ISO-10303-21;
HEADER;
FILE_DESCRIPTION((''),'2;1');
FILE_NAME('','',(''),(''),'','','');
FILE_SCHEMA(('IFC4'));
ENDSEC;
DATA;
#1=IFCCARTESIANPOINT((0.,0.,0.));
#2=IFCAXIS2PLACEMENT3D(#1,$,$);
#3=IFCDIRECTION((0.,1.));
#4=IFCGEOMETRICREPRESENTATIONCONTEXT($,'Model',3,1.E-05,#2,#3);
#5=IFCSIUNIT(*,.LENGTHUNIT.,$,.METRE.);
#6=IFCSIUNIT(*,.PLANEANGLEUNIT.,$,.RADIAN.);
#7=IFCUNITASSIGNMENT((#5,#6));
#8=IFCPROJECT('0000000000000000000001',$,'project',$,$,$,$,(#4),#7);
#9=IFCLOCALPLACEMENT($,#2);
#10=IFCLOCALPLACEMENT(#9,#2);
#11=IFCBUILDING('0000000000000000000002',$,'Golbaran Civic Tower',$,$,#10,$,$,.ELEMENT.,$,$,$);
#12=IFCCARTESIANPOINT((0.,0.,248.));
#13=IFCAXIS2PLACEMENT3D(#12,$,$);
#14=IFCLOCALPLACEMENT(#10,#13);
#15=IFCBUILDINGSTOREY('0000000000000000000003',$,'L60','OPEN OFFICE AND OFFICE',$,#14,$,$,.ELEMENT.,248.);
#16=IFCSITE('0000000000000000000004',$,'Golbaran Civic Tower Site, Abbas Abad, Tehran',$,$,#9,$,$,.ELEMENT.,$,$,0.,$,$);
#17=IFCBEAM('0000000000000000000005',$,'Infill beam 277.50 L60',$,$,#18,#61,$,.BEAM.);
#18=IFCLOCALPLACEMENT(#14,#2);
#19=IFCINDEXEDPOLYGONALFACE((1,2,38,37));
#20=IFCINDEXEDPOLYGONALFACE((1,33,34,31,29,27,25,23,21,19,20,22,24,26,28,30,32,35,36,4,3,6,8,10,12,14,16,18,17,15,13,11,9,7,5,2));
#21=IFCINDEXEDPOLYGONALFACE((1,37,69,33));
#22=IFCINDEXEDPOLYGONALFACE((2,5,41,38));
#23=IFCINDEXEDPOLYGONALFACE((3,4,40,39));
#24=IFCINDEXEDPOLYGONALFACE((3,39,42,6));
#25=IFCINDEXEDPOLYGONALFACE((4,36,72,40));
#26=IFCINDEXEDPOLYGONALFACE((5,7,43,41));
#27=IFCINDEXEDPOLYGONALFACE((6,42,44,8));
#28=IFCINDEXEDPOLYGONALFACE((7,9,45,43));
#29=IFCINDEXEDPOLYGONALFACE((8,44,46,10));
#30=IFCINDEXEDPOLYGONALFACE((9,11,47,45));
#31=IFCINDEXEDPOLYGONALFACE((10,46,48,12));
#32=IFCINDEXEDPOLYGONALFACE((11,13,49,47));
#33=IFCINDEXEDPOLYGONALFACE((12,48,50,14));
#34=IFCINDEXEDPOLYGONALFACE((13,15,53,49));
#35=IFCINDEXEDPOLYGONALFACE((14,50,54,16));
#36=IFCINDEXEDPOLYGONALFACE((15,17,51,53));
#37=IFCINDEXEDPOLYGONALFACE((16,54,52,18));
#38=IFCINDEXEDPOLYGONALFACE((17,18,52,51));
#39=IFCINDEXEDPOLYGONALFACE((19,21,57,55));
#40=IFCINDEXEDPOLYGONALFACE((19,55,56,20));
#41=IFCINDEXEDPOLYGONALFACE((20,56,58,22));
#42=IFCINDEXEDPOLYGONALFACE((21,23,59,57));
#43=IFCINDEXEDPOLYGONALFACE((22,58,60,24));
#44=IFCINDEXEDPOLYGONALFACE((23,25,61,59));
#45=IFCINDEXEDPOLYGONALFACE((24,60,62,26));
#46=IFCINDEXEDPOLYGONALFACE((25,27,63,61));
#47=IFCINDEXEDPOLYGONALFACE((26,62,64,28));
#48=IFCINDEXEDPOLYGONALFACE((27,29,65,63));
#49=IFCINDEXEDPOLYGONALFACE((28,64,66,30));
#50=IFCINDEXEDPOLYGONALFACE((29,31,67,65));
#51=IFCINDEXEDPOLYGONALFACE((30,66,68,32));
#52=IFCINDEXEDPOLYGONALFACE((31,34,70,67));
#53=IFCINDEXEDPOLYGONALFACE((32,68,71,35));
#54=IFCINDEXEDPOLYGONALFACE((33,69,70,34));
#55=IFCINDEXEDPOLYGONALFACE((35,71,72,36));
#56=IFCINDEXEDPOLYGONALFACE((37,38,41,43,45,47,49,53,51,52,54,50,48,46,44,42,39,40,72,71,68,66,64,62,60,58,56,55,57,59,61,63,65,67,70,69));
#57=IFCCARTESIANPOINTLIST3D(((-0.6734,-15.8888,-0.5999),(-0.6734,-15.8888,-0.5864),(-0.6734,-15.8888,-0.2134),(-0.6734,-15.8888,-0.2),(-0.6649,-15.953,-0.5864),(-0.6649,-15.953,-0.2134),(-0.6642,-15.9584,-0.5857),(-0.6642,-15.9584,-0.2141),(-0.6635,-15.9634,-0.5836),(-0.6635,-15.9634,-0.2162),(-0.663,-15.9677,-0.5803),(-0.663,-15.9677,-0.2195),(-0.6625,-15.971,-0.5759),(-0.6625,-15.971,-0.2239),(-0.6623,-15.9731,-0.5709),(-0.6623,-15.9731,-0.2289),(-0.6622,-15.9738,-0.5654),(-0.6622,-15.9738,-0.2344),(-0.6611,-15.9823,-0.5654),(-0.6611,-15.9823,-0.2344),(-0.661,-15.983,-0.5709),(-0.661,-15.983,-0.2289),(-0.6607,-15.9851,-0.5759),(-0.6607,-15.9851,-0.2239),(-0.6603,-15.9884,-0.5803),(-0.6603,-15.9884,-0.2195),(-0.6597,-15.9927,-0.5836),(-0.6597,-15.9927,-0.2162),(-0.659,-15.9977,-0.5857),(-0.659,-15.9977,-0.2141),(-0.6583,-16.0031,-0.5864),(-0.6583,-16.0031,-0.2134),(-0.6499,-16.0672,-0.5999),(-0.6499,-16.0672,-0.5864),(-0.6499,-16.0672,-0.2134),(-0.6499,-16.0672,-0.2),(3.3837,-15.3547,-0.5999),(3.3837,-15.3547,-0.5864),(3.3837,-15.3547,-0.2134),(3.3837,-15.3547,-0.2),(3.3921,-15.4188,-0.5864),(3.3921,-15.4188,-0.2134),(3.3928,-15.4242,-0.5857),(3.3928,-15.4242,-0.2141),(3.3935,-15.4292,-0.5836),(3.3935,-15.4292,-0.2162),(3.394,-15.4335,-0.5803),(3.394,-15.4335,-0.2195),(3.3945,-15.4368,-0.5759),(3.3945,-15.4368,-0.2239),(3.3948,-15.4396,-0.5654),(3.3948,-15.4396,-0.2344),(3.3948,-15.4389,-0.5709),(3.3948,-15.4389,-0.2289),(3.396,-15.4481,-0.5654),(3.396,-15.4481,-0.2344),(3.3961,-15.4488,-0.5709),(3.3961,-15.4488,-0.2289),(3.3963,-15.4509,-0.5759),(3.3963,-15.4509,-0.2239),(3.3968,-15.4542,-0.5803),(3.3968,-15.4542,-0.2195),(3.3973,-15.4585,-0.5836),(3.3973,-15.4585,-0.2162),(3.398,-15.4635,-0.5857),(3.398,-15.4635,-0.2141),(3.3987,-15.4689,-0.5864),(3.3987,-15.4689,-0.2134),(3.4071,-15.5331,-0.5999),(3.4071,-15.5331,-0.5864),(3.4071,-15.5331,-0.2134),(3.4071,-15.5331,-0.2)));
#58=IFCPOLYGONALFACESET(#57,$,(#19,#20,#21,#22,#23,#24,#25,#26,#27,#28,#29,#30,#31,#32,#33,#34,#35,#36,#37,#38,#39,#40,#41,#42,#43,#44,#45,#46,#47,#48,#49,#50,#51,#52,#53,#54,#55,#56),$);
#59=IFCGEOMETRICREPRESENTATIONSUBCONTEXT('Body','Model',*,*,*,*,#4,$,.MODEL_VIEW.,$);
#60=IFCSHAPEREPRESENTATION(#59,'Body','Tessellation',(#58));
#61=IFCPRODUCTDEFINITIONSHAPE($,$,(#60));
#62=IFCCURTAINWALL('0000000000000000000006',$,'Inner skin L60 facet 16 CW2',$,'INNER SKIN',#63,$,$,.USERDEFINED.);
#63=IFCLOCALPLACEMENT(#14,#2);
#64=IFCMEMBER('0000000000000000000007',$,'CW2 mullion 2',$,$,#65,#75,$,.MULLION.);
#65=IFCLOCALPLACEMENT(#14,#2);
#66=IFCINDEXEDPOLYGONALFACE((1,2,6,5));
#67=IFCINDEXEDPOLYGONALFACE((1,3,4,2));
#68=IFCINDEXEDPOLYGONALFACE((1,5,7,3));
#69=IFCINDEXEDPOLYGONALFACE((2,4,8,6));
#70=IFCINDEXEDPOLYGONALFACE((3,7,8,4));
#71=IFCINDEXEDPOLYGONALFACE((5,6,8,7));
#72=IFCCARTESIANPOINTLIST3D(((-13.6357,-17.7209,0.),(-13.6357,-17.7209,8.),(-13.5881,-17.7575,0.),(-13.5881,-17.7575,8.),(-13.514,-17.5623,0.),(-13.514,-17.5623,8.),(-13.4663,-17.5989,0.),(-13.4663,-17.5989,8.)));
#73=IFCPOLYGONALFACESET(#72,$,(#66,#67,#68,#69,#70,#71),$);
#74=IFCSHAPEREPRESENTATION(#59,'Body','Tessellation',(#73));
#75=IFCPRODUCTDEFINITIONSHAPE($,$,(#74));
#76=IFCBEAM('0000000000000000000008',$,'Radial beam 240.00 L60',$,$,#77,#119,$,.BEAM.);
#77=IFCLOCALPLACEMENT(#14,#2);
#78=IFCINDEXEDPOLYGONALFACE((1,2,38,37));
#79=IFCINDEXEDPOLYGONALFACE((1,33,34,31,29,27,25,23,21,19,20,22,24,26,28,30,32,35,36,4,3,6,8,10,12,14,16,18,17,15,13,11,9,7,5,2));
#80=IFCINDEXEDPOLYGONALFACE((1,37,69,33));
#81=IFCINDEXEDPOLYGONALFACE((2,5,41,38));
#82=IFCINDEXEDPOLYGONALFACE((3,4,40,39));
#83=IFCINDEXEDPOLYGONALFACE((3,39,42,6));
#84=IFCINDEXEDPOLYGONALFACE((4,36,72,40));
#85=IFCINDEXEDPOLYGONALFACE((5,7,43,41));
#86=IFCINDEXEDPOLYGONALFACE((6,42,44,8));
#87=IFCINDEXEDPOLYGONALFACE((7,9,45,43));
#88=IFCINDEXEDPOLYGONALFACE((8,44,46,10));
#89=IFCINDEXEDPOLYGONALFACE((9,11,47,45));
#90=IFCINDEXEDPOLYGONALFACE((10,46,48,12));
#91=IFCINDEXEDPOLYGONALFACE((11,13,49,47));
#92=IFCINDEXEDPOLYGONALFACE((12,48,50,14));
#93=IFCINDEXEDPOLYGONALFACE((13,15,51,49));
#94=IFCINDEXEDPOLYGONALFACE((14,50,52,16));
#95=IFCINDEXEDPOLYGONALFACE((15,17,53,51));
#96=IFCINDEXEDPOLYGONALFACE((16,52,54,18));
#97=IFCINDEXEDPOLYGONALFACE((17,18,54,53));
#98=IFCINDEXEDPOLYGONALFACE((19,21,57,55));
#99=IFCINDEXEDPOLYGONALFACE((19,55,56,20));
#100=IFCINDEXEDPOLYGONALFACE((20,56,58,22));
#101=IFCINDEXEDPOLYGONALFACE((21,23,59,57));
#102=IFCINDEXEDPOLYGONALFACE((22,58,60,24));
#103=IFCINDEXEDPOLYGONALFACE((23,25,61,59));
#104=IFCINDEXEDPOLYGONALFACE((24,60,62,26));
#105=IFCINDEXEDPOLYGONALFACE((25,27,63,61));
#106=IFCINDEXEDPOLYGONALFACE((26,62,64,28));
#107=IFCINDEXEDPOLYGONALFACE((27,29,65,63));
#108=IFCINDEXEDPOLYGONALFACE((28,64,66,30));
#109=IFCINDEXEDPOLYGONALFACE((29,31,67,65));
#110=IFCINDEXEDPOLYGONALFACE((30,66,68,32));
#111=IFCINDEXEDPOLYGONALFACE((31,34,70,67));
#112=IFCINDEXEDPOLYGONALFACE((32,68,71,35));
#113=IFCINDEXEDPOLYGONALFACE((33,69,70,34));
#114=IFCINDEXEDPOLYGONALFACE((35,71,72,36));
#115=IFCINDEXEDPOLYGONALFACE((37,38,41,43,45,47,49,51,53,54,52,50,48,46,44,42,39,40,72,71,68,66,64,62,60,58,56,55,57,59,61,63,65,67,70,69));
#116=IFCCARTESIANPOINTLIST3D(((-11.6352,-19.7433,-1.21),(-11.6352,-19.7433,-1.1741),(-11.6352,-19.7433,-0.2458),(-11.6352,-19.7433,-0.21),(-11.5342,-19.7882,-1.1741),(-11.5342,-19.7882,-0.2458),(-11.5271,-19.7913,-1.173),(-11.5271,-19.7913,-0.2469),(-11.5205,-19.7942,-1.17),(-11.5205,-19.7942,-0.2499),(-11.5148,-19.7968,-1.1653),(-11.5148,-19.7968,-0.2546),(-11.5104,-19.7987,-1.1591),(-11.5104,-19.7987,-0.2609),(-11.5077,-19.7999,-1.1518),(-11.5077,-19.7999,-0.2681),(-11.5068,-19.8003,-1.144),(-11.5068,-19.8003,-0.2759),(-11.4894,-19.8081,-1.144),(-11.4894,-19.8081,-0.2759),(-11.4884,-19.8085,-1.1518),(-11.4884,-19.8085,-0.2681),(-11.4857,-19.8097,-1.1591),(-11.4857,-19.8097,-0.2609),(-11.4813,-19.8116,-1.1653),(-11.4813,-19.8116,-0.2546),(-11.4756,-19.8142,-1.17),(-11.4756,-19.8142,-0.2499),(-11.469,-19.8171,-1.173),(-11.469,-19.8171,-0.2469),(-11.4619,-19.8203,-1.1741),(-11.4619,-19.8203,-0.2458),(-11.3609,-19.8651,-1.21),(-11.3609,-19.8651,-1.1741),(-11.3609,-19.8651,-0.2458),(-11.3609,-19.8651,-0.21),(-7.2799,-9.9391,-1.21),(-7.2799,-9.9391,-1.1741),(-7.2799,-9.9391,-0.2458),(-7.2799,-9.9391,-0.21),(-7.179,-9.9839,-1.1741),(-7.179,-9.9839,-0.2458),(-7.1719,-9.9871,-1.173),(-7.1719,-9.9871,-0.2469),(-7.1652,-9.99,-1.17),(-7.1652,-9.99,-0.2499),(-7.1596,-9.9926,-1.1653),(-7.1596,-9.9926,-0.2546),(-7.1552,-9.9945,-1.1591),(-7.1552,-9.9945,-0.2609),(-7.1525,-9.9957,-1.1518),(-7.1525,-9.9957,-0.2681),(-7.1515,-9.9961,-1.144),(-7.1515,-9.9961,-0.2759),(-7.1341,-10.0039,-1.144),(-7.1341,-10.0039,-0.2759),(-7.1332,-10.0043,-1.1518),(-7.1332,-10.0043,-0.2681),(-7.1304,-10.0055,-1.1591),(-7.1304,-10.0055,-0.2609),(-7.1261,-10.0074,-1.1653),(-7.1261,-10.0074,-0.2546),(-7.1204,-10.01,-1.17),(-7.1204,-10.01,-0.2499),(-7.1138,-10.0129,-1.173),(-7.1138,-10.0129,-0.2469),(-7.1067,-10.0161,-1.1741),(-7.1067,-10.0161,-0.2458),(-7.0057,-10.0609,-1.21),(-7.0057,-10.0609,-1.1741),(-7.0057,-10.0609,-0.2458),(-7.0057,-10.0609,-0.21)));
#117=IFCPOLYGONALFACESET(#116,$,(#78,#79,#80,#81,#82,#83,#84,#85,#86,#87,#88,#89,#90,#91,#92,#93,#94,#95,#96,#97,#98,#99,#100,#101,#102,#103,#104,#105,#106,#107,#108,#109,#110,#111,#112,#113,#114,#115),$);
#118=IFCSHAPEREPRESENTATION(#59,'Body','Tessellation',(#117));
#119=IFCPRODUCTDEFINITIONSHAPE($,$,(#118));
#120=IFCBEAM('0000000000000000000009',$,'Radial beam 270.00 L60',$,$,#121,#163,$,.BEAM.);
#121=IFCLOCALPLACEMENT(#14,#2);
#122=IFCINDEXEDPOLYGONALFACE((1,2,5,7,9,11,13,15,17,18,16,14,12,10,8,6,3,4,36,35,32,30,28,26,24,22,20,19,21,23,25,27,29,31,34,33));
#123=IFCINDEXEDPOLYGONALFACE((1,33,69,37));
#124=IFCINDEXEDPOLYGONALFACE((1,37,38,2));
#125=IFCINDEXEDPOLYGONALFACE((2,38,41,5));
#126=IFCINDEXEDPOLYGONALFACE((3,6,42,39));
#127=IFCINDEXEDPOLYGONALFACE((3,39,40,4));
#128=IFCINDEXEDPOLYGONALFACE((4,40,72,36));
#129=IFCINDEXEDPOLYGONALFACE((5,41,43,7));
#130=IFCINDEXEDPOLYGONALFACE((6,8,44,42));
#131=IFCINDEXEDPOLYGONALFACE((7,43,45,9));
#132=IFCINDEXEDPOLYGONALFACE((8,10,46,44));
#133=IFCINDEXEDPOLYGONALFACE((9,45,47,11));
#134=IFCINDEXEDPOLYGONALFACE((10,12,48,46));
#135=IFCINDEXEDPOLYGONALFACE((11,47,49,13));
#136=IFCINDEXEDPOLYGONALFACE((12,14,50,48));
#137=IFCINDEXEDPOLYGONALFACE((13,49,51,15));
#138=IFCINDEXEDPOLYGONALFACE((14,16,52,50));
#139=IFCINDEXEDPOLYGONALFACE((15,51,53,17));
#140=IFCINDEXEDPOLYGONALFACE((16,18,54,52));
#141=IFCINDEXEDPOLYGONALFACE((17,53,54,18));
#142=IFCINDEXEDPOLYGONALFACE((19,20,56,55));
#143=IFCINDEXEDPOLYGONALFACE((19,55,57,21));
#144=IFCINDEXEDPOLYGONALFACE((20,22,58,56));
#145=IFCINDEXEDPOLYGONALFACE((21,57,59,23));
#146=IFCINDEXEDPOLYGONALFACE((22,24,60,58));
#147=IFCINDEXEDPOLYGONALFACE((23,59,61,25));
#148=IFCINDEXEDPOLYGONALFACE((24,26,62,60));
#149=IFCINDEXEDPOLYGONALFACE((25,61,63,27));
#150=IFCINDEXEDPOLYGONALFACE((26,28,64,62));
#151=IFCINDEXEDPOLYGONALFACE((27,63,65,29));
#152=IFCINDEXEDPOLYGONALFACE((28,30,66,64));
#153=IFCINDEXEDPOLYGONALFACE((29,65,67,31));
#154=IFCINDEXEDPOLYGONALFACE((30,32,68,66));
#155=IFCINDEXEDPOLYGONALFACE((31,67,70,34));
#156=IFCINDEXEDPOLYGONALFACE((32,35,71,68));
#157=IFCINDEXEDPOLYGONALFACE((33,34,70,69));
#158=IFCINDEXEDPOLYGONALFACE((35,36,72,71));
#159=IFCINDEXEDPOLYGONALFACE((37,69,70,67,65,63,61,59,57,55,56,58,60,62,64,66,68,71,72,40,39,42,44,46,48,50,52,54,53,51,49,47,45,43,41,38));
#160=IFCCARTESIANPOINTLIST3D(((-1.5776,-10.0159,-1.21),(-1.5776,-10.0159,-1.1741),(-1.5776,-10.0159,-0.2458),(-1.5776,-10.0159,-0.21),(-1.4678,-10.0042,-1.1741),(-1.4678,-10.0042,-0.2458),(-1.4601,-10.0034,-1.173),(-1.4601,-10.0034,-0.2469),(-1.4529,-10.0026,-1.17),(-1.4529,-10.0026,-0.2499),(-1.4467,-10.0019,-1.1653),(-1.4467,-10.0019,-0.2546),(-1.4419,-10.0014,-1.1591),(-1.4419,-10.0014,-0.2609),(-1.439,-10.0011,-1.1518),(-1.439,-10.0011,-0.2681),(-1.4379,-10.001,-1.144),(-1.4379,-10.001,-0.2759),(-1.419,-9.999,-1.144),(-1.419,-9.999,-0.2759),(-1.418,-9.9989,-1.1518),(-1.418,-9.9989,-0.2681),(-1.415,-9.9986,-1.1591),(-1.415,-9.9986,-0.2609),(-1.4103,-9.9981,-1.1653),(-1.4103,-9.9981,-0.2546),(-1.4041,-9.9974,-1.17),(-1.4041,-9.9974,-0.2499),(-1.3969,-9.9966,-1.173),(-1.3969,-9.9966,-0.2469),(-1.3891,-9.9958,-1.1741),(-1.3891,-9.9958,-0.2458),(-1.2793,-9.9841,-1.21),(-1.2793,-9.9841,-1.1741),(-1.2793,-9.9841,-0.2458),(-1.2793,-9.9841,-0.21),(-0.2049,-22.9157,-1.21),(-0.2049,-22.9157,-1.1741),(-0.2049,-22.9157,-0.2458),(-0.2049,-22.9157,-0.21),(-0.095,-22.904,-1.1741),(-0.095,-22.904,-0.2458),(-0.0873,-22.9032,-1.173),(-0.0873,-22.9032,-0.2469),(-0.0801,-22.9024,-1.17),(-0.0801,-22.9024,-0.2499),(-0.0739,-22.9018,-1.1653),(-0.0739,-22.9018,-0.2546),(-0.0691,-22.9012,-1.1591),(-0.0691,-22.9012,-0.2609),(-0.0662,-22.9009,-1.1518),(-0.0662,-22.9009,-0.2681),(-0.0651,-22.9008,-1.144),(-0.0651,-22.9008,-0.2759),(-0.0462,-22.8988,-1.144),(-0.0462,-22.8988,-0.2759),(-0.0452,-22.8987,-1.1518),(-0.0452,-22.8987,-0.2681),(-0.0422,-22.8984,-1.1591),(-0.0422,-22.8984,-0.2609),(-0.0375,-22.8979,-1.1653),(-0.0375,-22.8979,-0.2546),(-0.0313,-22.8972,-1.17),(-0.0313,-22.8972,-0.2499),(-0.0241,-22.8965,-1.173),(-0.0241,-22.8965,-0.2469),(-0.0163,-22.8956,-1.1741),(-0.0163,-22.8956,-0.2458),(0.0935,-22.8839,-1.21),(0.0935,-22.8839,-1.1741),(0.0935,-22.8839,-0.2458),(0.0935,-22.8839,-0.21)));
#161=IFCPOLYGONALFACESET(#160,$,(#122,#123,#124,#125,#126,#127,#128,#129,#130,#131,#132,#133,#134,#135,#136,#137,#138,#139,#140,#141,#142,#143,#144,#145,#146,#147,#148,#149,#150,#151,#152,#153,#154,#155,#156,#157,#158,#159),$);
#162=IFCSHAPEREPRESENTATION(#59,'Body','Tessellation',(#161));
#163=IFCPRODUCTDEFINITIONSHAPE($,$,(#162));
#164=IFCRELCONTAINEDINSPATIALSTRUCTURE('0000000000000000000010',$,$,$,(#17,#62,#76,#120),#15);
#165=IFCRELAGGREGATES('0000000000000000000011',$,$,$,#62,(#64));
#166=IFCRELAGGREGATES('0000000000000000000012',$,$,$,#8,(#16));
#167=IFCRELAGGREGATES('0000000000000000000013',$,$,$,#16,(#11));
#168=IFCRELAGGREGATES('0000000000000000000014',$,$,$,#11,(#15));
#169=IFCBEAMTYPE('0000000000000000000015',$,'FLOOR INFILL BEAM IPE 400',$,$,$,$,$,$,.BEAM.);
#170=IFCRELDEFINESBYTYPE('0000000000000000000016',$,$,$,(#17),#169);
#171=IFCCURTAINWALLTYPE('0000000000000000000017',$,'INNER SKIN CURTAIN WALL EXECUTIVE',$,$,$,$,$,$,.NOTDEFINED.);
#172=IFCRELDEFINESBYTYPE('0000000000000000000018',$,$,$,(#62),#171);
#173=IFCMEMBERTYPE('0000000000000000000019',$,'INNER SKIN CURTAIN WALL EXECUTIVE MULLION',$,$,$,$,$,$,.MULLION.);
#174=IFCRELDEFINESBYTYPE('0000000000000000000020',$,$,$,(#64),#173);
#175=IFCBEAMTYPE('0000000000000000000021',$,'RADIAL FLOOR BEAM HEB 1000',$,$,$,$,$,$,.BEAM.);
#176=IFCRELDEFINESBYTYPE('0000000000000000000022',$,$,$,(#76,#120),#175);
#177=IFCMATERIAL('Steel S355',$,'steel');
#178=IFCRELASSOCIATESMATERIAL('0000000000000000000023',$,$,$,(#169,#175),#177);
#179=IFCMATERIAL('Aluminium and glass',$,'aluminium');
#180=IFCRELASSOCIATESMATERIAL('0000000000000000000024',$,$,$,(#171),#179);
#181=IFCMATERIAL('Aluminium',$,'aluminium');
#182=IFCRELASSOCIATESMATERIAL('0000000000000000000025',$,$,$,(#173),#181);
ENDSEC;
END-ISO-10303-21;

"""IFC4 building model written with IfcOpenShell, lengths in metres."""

from ifc_helpers import new_model, si_unit, direction, frame, origin, origin_2d, place, context, subcontext, project, spatial, rectangle, i_section, extrude, material, material_profile, profile_set, type_object, element, aggregate, save


model = new_model("IFC4")

# Units and contexts
model_context = context("Model", 3, precision=1e-05, world=origin(), true_north=direction((0.0, 1.0)))
body_context = subcontext(model_context, "Body", "Model", "MODEL_VIEW")
ifc_project = project(units=[si_unit("LENGTHUNIT", "METRE"), si_unit("PLANEANGLEUNIT", "RADIAN")], contexts=[model_context])

# Site, building, storey
site_placement = place(None, origin())
site = spatial("IfcSite", under=ifc_project, at=site_placement, Name="Golbaran Civic Tower Site, Abbas Abad, Tehran", CompositionType="ELEMENT", RefElevation=0.0)
building_placement = place(site_placement, origin())
building = spatial("IfcBuilding", under=site, at=building_placement, Name="Golbaran Civic Tower", CompositionType="ELEMENT")
storey_placement = place(building_placement, frame((0.0, 0.0, 248.0)))
storey = spatial("IfcBuildingStorey", under=building, at=storey_placement, Name="L60", Description="OPEN OFFICE AND OFFICE", CompositionType="ELEMENT", Elevation=248.0)

# Beam
ifc_material_1 = material(Name="Steel S355", Category="steel")
ifc_material_profile_1 = material_profile(ifc_material_1, i_section(OverallWidth=0.1799, OverallDepth=0.3999, WebThickness=0.0085, FlangeThickness=0.0134, FilletRadius=0.021, at=origin_2d()), Name="IPE 400")
ifc_profile_set_1 = profile_set([ifc_material_profile_1], Name="Steel S355")
beam_type_1 = type_object("IfcBeamType", Name="FLOOR INFILL BEAM IPE 400", PredefinedType="BEAM", material=ifc_profile_set_1)
beam_1_placement = place(storey_placement, frame((-0.6616, -15.978, -0.3999), z_axis=(0.991443, 0.130538, 0.0), x_axis=(-0.130538, 0.991443, 0.0)))
element("IfcBeam", 1, at=beam_1_placement, inside=storey, type_object=beam_type_1, Name="Infill beam 277.50 L60", PredefinedType="BEAM", context=body_context, shape_type="SweptSolid", body=[
    extrude(i_section(OverallWidth=0.1799, OverallDepth=0.3999, WebThickness=0.0085, FlangeThickness=0.0134, FilletRadius=0.021, at=origin_2d()), origin(), (0.0, 0.0, 1.0), 4.092),
])

# Curtain wall, member
ifc_material_2 = material(Name="Aluminium and glass", Category="aluminium")
curtain_wall_type = type_object("IfcCurtainWallType", Name="INNER SKIN CURTAIN WALL EXECUTIVE", PredefinedType="NOTDEFINED", material=ifc_material_2)
curtain_wall_placement = place(storey_placement, origin())
curtain_wall = element("IfcCurtainWall", 2, at=curtain_wall_placement, inside=storey, type_object=curtain_wall_type, Name="Inner skin L60 facet 16 CW2", ObjectType="INNER SKIN", PredefinedType="USERDEFINED")
ifc_material_3 = material(Name="Aluminium", Category="aluminium")
ifc_material_profile_2 = material_profile(ifc_material_3, rectangle(XDim=0.2, YDim=0.0601, at=origin_2d()), Name="INNER SKIN CURTAIN WALL EXECUTIVE MULLION")
ifc_profile_set_2 = profile_set([ifc_material_profile_2], Name="Aluminium")
member_type = type_object("IfcMemberType", Name="INNER SKIN CURTAIN WALL EXECUTIVE MULLION", PredefinedType="MULLION", material=ifc_profile_set_2)
member_placement = place(storey_placement, frame((-13.551, -17.6599, 0.0), z_axis=(0.0, 0.0, 1.0), x_axis=(0.608761, 0.793353, 0.0)))
member = element("IfcMember", 3, at=member_placement, type_object=member_type, Name="CW2 mullion 2", PredefinedType="MULLION", context=body_context, shape_type="SweptSolid", body=[
    extrude(rectangle(XDim=0.2, YDim=0.0601, at=origin_2d()), origin(), (0.0, 0.0, 1.0), 8.0),
])

# Beams
ifc_material_profile_3 = material_profile(ifc_material_1, i_section(OverallWidth=0.3, OverallDepth=1.0, WebThickness=0.019, FlangeThickness=0.0359, FilletRadius=0.03, at=origin_2d()), Name="HEB 1000")
ifc_profile_set_3 = profile_set([ifc_material_profile_3], Name="Steel S355")
beam_type_2 = type_object("IfcBeamType", Name="RADIAL FLOOR BEAM HEB 1000", PredefinedType="BEAM", material=ifc_profile_set_3)
beam_2_placement = place(storey_placement, frame((-7.1428, -10.0, -0.71), z_axis=(-0.405967, -0.913888, 0.0), x_axis=(0.913888, -0.405967, 0.0)))
element("IfcBeam", 4, at=beam_2_placement, inside=storey, type_object=beam_type_2, Name="Radial beam 240.00 L60", PredefinedType="BEAM", context=body_context, shape_type="SweptSolid", body=[
    extrude(i_section(OverallWidth=0.3, OverallDepth=1.0, WebThickness=0.019, FlangeThickness=0.0359, FilletRadius=0.03, at=origin_2d()), origin(), (0.0, 0.0, 1.0), 10.728),
])
beam_3_placement = place(storey_placement, frame((-1.4285, -10.0, -0.71), z_axis=(0.105822, -0.994385, 0.0), x_axis=(0.994385, 0.105822, 0.0)))
element("IfcBeam", 5, at=beam_3_placement, inside=storey, type_object=beam_type_2, Name="Radial beam 270.00 L60", PredefinedType="BEAM", context=body_context, shape_type="SweptSolid", body=[
    extrude(i_section(OverallWidth=0.3, OverallDepth=1.0, WebThickness=0.019, FlangeThickness=0.0359, FilletRadius=0.03, at=origin_2d()), origin(), (0.0, 0.0, 1.0), 12.9727),
])

aggregate(curtain_wall, [member])

save(model, "model.ifc")
